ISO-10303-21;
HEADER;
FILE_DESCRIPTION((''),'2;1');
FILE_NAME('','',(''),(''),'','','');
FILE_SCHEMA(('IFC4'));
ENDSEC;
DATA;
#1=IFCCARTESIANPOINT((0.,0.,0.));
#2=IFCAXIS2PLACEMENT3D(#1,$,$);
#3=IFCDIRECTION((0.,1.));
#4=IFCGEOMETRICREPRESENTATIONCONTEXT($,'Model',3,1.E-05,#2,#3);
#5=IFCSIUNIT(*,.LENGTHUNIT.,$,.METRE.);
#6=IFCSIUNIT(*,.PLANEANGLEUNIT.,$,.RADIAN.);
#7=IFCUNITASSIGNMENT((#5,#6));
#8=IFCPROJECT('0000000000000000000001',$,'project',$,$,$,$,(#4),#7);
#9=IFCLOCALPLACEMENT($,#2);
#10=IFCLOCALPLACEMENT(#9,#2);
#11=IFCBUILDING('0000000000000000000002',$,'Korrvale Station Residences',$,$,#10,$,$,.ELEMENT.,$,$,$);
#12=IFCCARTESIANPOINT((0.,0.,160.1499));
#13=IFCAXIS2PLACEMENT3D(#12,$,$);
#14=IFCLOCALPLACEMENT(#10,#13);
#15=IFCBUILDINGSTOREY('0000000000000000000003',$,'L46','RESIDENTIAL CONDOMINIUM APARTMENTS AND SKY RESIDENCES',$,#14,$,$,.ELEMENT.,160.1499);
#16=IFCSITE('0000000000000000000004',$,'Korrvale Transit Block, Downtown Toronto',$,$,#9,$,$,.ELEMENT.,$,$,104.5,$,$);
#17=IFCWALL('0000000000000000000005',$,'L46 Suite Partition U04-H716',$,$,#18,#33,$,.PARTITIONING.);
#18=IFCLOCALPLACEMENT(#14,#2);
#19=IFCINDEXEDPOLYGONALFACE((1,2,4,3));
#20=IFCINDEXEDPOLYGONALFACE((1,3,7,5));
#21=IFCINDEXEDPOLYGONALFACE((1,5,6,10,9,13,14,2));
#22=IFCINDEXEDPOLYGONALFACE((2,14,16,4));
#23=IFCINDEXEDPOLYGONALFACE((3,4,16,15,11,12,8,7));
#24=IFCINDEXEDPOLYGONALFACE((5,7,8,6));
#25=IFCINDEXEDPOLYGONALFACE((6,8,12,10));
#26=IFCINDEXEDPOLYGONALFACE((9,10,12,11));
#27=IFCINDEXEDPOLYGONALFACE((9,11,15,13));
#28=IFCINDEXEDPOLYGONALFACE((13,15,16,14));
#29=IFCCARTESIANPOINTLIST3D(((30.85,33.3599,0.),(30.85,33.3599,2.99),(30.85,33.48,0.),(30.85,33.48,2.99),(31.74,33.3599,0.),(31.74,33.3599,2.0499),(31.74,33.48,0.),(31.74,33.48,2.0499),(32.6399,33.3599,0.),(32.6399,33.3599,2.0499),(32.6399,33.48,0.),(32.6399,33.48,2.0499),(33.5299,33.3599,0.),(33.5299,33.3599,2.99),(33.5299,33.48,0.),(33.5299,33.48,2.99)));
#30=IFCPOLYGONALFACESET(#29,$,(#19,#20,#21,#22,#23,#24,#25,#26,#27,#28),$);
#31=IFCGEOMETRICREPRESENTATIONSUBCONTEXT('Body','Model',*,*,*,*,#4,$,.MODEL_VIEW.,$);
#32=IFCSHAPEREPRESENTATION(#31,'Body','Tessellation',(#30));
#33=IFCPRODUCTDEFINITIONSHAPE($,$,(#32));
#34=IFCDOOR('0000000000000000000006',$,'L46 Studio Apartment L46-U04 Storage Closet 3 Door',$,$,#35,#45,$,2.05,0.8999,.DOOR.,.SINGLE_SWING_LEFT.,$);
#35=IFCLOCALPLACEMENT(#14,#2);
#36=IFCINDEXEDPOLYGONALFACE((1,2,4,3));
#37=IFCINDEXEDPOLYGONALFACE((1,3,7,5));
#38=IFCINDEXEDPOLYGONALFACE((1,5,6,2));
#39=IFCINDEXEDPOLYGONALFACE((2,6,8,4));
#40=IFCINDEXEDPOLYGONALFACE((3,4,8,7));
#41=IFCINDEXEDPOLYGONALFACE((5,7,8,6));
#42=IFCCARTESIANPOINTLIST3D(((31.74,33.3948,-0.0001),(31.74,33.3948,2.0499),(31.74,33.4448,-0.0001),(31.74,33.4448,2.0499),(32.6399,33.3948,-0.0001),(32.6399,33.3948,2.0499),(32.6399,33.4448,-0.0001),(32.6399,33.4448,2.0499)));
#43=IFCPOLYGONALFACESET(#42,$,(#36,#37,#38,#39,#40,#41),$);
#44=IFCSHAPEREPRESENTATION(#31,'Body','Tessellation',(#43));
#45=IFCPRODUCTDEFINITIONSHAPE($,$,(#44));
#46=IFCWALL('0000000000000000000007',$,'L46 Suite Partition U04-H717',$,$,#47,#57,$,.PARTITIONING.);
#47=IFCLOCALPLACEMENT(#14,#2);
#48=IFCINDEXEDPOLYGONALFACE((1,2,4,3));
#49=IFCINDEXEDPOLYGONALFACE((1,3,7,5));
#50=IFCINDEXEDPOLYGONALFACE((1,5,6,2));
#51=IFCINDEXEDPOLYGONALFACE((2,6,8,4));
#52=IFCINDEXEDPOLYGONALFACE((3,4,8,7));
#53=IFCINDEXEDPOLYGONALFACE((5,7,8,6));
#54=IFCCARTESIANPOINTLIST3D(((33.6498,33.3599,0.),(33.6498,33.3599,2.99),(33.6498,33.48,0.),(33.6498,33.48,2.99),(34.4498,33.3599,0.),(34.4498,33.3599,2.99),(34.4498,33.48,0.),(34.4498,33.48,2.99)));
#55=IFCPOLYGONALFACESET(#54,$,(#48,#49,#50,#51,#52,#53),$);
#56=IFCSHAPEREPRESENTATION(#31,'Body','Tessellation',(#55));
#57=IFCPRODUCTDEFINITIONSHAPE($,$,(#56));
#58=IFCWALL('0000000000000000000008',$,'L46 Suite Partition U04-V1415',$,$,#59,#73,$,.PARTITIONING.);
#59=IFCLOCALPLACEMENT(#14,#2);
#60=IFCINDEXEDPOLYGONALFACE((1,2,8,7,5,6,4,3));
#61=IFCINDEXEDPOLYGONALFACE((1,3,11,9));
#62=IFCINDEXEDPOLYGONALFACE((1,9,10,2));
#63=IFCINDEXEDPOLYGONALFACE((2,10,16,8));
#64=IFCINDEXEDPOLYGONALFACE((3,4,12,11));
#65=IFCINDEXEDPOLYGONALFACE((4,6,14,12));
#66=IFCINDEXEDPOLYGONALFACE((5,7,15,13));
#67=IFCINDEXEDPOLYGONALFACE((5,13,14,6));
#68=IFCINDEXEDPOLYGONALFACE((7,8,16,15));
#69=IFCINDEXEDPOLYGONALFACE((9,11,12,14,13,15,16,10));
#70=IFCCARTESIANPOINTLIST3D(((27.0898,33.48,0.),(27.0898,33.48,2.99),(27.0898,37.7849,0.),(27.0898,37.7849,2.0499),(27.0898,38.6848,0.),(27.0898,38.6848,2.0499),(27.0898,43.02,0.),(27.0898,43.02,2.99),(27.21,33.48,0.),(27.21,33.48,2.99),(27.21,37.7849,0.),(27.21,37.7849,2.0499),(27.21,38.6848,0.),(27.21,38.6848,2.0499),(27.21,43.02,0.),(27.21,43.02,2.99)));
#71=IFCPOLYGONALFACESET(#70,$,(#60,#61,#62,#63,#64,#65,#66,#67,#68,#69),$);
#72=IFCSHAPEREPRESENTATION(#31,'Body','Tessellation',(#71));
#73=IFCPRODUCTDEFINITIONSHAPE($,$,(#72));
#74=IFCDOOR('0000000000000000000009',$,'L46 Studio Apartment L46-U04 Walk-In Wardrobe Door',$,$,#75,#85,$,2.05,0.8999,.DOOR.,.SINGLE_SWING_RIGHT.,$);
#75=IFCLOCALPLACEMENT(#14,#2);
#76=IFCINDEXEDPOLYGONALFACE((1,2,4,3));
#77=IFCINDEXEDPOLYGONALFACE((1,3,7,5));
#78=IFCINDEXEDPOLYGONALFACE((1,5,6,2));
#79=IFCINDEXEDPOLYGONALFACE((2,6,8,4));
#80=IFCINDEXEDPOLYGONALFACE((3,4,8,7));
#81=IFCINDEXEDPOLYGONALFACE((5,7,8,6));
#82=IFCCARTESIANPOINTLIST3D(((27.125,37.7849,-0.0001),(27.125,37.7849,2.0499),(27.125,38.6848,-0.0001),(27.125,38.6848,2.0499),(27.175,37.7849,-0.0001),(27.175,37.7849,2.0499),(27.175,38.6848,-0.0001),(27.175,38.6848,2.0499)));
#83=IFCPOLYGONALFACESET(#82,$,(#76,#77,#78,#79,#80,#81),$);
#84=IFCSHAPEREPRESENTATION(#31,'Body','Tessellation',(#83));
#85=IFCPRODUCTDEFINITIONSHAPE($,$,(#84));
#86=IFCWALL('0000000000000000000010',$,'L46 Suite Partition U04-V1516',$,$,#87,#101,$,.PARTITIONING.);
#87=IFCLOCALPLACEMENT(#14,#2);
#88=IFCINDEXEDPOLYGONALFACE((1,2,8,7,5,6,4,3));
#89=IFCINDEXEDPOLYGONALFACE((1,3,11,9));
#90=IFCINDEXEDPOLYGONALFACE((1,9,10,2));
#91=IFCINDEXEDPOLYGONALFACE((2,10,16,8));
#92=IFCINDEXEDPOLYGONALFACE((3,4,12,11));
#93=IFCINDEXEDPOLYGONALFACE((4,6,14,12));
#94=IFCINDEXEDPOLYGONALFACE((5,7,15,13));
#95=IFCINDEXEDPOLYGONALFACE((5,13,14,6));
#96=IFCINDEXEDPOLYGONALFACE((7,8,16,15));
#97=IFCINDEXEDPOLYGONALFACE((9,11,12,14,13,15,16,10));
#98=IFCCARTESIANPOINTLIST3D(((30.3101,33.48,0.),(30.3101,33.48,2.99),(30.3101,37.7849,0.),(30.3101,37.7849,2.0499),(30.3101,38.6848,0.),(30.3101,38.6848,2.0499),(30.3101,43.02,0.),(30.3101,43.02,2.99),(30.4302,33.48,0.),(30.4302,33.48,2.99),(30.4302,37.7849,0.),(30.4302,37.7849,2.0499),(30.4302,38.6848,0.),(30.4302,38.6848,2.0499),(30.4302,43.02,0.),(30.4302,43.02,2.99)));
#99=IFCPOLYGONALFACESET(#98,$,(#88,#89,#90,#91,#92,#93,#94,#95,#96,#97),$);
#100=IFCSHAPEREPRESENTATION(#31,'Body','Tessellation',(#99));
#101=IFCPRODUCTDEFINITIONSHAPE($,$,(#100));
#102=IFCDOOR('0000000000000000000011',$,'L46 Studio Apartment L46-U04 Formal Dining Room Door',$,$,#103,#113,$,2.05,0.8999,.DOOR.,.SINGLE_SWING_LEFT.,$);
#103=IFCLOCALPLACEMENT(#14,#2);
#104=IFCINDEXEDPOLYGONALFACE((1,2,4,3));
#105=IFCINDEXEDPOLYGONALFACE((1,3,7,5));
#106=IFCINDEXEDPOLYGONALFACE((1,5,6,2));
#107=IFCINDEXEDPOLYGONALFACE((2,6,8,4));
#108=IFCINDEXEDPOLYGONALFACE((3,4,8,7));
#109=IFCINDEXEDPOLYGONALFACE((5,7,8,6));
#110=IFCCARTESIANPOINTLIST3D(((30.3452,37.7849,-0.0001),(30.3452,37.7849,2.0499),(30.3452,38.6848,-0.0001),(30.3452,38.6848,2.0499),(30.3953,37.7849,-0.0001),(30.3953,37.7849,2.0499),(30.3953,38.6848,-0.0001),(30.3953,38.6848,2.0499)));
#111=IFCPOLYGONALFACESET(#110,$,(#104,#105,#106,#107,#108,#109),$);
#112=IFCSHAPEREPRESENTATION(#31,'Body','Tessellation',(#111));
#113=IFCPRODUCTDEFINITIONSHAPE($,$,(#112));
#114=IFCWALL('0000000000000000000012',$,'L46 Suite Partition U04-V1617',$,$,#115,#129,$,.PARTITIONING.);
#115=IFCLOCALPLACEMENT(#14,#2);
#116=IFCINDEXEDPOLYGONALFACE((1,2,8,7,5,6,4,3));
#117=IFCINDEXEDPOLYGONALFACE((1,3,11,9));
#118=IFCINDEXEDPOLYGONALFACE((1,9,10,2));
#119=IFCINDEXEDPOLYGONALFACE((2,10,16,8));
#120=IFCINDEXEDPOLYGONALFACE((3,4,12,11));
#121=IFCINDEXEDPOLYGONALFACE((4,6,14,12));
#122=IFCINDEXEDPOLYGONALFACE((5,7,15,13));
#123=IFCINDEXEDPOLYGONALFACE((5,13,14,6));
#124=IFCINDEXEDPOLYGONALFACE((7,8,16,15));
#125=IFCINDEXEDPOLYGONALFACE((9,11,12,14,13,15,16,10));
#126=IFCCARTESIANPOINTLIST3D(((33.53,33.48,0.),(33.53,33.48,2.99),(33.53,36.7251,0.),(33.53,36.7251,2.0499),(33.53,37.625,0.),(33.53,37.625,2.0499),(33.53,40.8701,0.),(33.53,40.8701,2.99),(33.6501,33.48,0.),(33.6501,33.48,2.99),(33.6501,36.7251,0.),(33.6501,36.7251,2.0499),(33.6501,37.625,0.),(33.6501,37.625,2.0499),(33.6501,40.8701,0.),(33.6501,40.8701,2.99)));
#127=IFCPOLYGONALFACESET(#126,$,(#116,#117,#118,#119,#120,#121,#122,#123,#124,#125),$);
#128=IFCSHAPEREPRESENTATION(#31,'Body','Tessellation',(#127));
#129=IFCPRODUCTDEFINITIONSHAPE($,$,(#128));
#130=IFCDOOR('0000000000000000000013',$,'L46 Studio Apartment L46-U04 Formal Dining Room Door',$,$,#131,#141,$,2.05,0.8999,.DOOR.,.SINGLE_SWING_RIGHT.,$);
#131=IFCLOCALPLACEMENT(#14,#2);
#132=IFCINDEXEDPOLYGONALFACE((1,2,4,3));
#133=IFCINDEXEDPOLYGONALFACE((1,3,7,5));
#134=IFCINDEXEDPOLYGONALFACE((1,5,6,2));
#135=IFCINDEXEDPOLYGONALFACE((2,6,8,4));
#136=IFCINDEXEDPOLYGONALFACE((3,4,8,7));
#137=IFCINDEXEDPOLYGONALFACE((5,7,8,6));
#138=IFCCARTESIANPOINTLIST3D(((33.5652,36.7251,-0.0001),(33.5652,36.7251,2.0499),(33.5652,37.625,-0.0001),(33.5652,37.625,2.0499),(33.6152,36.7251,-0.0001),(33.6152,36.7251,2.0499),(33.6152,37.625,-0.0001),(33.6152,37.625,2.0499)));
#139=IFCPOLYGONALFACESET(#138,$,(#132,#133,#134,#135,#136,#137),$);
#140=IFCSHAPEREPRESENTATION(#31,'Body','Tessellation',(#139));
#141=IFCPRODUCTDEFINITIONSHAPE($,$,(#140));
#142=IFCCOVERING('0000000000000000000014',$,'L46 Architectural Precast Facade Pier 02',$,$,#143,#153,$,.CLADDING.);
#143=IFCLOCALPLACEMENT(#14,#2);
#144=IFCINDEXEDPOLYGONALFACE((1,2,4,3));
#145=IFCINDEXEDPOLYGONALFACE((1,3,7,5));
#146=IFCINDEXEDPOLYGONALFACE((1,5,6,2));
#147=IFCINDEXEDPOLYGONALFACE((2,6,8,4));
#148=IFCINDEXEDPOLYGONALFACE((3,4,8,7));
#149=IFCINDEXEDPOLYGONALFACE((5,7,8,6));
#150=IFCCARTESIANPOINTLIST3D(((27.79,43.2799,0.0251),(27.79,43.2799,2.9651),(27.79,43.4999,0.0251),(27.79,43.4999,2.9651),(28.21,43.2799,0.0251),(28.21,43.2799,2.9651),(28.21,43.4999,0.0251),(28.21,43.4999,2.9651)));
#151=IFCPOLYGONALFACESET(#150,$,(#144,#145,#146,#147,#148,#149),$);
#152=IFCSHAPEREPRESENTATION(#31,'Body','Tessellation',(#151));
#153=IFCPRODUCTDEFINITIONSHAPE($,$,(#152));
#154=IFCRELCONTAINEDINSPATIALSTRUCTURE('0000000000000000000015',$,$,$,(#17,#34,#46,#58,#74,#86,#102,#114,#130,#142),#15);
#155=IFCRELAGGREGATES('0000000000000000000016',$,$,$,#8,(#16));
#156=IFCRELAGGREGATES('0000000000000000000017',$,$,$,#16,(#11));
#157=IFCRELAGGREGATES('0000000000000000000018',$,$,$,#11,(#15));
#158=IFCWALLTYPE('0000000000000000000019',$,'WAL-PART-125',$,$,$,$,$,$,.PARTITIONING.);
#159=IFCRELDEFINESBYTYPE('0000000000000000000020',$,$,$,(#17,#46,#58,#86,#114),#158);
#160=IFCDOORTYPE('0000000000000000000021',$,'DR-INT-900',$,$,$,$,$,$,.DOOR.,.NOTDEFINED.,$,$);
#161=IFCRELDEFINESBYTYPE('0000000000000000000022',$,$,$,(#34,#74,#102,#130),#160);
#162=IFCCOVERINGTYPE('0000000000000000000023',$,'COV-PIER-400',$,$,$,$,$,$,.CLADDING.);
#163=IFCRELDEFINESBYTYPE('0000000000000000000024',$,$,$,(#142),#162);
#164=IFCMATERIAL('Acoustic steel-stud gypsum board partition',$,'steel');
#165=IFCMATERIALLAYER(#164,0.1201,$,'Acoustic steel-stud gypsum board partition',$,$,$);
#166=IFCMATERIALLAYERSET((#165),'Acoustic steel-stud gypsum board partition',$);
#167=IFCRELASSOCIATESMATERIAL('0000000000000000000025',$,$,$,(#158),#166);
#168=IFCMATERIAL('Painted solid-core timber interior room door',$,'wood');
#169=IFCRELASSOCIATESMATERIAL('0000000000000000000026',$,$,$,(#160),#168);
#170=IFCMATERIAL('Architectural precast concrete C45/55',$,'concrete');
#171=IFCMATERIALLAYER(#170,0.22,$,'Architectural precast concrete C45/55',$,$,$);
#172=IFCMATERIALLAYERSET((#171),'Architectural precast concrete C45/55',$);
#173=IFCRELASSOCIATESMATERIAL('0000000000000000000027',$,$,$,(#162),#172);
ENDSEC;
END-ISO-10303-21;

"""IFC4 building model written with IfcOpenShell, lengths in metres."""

from ifc_helpers import new_model, si_unit, direction, frame, frame_2d, origin, origin_2d, place, context, subcontext, project, spatial, rectangle, extrude, material, layer, layer_set, type_object, element, fill, save


model = new_model("IFC4")

# Units and contexts
model_context = context("Model", 3, precision=1e-05, world=origin(), true_north=direction((0.0, 1.0)))
body_context = subcontext(model_context, "Body", "Model", "MODEL_VIEW")
ifc_project = project(units=[si_unit("LENGTHUNIT", "METRE"), si_unit("PLANEANGLEUNIT", "RADIAN")], contexts=[model_context])

# Site, building, storey
site_placement = place(None, origin())
site = spatial("IfcSite", under=ifc_project, at=site_placement, Name="Korrvale Transit Block, Downtown Toronto", CompositionType="ELEMENT", RefElevation=104.5)
building_placement = place(site_placement, origin())
building = spatial("IfcBuilding", under=site, at=building_placement, Name="Korrvale Station Residences", CompositionType="ELEMENT")
storey_placement = place(building_placement, frame((0.0, 0.0, 160.1499)))
storey = spatial("IfcBuildingStorey", under=building, at=storey_placement, Name="L46", Description="RESIDENTIAL CONDOMINIUM APARTMENTS AND SKY RESIDENCES", CompositionType="ELEMENT", Elevation=160.1499)

# Wall, opening, door
ifc_material_1 = material(Name="Acoustic steel-stud gypsum board partition", Category="steel")
ifc_layer_1 = layer(ifc_material_1, 0.1201, Name="Acoustic steel-stud gypsum board partition")
ifc_layer_set_1 = layer_set([ifc_layer_1], Name="Acoustic steel-stud gypsum board partition")
wall_type_1 = type_object("IfcWallType", Name="WAL-PART-125", PredefinedType="PARTITIONING", material=ifc_layer_set_1)
ifc_material_2 = material(Name="Painted solid-core timber interior room door", Category="wood")
door_type_1 = type_object("IfcDoorType", Name="DR-INT-900", OperationType="NOTDEFINED", PredefinedType="DOOR", material=ifc_material_2)
wall_1_placement = place(storey_placement, frame((30.8501, 33.4199, 0.0), z_axis=(0.0, 0.0, 1.0), x_axis=(1.0, 0.0, 0.0)))
wall_1 = element("IfcWall", 1, at=wall_1_placement, inside=storey, type_object=wall_type_1, Name="L46 Suite Partition U04-H716", PredefinedType="PARTITIONING", context=body_context, shape_type="SweptSolid", body=[
    extrude(rectangle(XDim=2.6799, YDim=0.1201, at=frame_2d((1.3398, 0.0))), origin(), (0.0, 0.0, 1.0), 2.99),
])
opening_1_placement = place(wall_1_placement, frame((0.8899, 0.0, 0.0)))
opening_1 = element("IfcOpeningElement", 2, at=opening_1_placement, cuts=wall_1, PredefinedType="OPENING", context=body_context, shape_type="SweptSolid", body=[
    extrude(rectangle(XDim=0.8999, YDim=2.05, at=frame_2d((0.45, 1.0249))), frame((0.0, 0.0701, 0.0), z_axis=(0.0, -1.0, 0.0), x_axis=(1.0, 0.0, 0.0)), (0.0, 0.0, 1.0), 0.1401),
])
door_1_placement = place(opening_1_placement, origin())
door_1 = element("IfcDoor", 3, at=door_1_placement, inside=storey, type_object=door_type_1, Name="L46 Studio Apartment L46-U04 Storage Closet 3 Door", OperationType="SINGLE_SWING_LEFT", OverallHeight=2.05, OverallWidth=0.8999, PredefinedType="DOOR", context=body_context, shape_type="SweptSolid", body=[
    extrude(rectangle(XDim=0.8999, YDim=2.05, at=frame_2d((0.45, 1.0249))), frame((0.0, 0.0249, 0.0), z_axis=(0.0, -1.0, 0.0), x_axis=(1.0, 0.0, 0.0)), (0.0, 0.0, 1.0), 0.05),
])
fill(opening_1, door_1)

# Wall
wall_2_placement = place(storey_placement, frame((33.6499, 33.4199, 0.0), z_axis=(0.0, 0.0, 1.0), x_axis=(1.0, 0.0, 0.0)))
element("IfcWall", 4, at=wall_2_placement, inside=storey, type_object=wall_type_1, Name="L46 Suite Partition U04-H717", PredefinedType="PARTITIONING", context=body_context, shape_type="SweptSolid", body=[
    extrude(rectangle(XDim=0.8, YDim=0.1201, at=frame_2d((0.3999, 0.0))), origin(), (0.0, 0.0, 1.0), 2.99),
])

# Walls, openings, doors
wall_3_placement = place(storey_placement, frame((27.1499, 33.48, 0.0), z_axis=(0.0, 0.0, 1.0), x_axis=(0.0, 1.0, 0.0)))
wall_3 = element("IfcWall", 5, at=wall_3_placement, inside=storey, type_object=wall_type_1, Name="L46 Suite Partition U04-V1415", PredefinedType="PARTITIONING", context=body_context, shape_type="SweptSolid", body=[
    extrude(rectangle(XDim=9.54, YDim=0.1201, at=frame_2d((4.77, 0.0))), origin(), (0.0, 0.0, 1.0), 2.99),
])
opening_2_placement = place(wall_3_placement, frame((4.3049, 0.0, 0.0)))
opening_2 = element("IfcOpeningElement", 6, at=opening_2_placement, cuts=wall_3, PredefinedType="OPENING", context=body_context, shape_type="SweptSolid", body=[
    extrude(rectangle(XDim=0.8999, YDim=2.05, at=frame_2d((0.45, 1.0249))), frame((0.0, 0.0701, 0.0), z_axis=(0.0, -1.0, 0.0), x_axis=(1.0, 0.0, 0.0)), (0.0, 0.0, 1.0), 0.1401),
])
door_2_placement = place(opening_2_placement, origin())
door_2 = element("IfcDoor", 7, at=door_2_placement, inside=storey, type_object=door_type_1, Name="L46 Studio Apartment L46-U04 Walk-In Wardrobe Door", OperationType="SINGLE_SWING_RIGHT", OverallHeight=2.05, OverallWidth=0.8999, PredefinedType="DOOR", context=body_context, shape_type="SweptSolid", body=[
    extrude(rectangle(XDim=0.8999, YDim=2.05, at=frame_2d((0.45, 1.0249))), frame((0.0, 0.0249, 0.0), z_axis=(0.0, -1.0, 0.0), x_axis=(1.0, 0.0, 0.0)), (0.0, 0.0, 1.0), 0.05),
])
fill(opening_2, door_2)
wall_4_placement = place(storey_placement, frame((30.3701, 33.48, 0.0), z_axis=(0.0, 0.0, 1.0), x_axis=(0.0, 1.0, 0.0)))
wall_4 = element("IfcWall", 8, at=wall_4_placement, inside=storey, type_object=wall_type_1, Name="L46 Suite Partition U04-V1516", PredefinedType="PARTITIONING", context=body_context, shape_type="SweptSolid", body=[
    extrude(rectangle(XDim=9.54, YDim=0.1201, at=frame_2d((4.77, 0.0))), origin(), (0.0, 0.0, 1.0), 2.99),
])
opening_3_placement = place(wall_4_placement, frame((4.3049, 0.0, 0.0)))
opening_3 = element("IfcOpeningElement", 9, at=opening_3_placement, cuts=wall_4, PredefinedType="OPENING", context=body_context, shape_type="SweptSolid", body=[
    extrude(rectangle(XDim=0.8999, YDim=2.05, at=frame_2d((0.45, 1.0249))), frame((0.0, 0.0701, 0.0), z_axis=(0.0, -1.0, 0.0), x_axis=(1.0, 0.0, 0.0)), (0.0, 0.0, 1.0), 0.1401),
])
door_3_placement = place(opening_3_placement, origin())
door_3 = element("IfcDoor", 10, at=door_3_placement, inside=storey, type_object=door_type_1, Name="L46 Studio Apartment L46-U04 Formal Dining Room Door", OperationType="SINGLE_SWING_LEFT", OverallHeight=2.05, OverallWidth=0.8999, PredefinedType="DOOR", context=body_context, shape_type="SweptSolid", body=[
    extrude(rectangle(XDim=0.8999, YDim=2.05, at=frame_2d((0.45, 1.0249))), frame((0.0, 0.0249, 0.0), z_axis=(0.0, -1.0, 0.0), x_axis=(1.0, 0.0, 0.0)), (0.0, 0.0, 1.0), 0.05),
])
fill(opening_3, door_3)
wall_5_placement = place(storey_placement, frame((33.5901, 33.48, 0.0), z_axis=(0.0, 0.0, 1.0), x_axis=(0.0, 1.0, 0.0)))
wall_5 = element("IfcWall", 11, at=wall_5_placement, inside=storey, type_object=wall_type_1, Name="L46 Suite Partition U04-V1617", PredefinedType="PARTITIONING", context=body_context, shape_type="SweptSolid", body=[
    extrude(rectangle(XDim=7.3901, YDim=0.1201, at=frame_2d((3.6951, 0.0))), origin(), (0.0, 0.0, 1.0), 2.99),
])
opening_4_placement = place(wall_5_placement, frame((3.2451, 0.0, 0.0)))
opening_4 = element("IfcOpeningElement", 12, at=opening_4_placement, cuts=wall_5, PredefinedType="OPENING", context=body_context, shape_type="SweptSolid", body=[
    extrude(rectangle(XDim=0.8999, YDim=2.05, at=frame_2d((0.45, 1.0249))), frame((0.0, 0.0701, 0.0), z_axis=(0.0, -1.0, 0.0), x_axis=(1.0, 0.0, 0.0)), (0.0, 0.0, 1.0), 0.1401),
])
door_4_placement = place(opening_4_placement, origin())
door_4 = element("IfcDoor", 13, at=door_4_placement, inside=storey, type_object=door_type_1, Name="L46 Studio Apartment L46-U04 Formal Dining Room Door", OperationType="SINGLE_SWING_RIGHT", OverallHeight=2.05, OverallWidth=0.8999, PredefinedType="DOOR", context=body_context, shape_type="SweptSolid", body=[
    extrude(rectangle(XDim=0.8999, YDim=2.05, at=frame_2d((0.45, 1.0249))), frame((0.0, 0.0249, 0.0), z_axis=(0.0, -1.0, 0.0), x_axis=(1.0, 0.0, 0.0)), (0.0, 0.0, 1.0), 0.05),
])
fill(opening_4, door_4)

# Covering
ifc_material_3 = material(Name="Architectural precast concrete C45/55", Category="concrete")
ifc_layer_2 = layer(ifc_material_3, 0.22, Name="Architectural precast concrete C45/55")
ifc_layer_set_2 = layer_set([ifc_layer_2], Name="Architectural precast concrete C45/55")
covering_type = type_object("IfcCoveringType", Name="COV-PIER-400", PredefinedType="CLADDING", material=ifc_layer_set_2)
covering_placement = place(storey_placement, frame((28.0, 43.3899, 0.0251), z_axis=(0.0, 0.0, 1.0), x_axis=(1.0, 0.0, 0.0)))
element("IfcCovering", 14, at=covering_placement, inside=storey, type_object=covering_type, Name="L46 Architectural Precast Facade Pier 02", PredefinedType="CLADDING", context=body_context, shape_type="SweptSolid", body=[
    extrude(rectangle(XDim=0.4199, YDim=0.22, at=origin_2d()), origin(), (0.0, 0.0, 1.0), 2.9399),
])

save(model, "model.ifc")
